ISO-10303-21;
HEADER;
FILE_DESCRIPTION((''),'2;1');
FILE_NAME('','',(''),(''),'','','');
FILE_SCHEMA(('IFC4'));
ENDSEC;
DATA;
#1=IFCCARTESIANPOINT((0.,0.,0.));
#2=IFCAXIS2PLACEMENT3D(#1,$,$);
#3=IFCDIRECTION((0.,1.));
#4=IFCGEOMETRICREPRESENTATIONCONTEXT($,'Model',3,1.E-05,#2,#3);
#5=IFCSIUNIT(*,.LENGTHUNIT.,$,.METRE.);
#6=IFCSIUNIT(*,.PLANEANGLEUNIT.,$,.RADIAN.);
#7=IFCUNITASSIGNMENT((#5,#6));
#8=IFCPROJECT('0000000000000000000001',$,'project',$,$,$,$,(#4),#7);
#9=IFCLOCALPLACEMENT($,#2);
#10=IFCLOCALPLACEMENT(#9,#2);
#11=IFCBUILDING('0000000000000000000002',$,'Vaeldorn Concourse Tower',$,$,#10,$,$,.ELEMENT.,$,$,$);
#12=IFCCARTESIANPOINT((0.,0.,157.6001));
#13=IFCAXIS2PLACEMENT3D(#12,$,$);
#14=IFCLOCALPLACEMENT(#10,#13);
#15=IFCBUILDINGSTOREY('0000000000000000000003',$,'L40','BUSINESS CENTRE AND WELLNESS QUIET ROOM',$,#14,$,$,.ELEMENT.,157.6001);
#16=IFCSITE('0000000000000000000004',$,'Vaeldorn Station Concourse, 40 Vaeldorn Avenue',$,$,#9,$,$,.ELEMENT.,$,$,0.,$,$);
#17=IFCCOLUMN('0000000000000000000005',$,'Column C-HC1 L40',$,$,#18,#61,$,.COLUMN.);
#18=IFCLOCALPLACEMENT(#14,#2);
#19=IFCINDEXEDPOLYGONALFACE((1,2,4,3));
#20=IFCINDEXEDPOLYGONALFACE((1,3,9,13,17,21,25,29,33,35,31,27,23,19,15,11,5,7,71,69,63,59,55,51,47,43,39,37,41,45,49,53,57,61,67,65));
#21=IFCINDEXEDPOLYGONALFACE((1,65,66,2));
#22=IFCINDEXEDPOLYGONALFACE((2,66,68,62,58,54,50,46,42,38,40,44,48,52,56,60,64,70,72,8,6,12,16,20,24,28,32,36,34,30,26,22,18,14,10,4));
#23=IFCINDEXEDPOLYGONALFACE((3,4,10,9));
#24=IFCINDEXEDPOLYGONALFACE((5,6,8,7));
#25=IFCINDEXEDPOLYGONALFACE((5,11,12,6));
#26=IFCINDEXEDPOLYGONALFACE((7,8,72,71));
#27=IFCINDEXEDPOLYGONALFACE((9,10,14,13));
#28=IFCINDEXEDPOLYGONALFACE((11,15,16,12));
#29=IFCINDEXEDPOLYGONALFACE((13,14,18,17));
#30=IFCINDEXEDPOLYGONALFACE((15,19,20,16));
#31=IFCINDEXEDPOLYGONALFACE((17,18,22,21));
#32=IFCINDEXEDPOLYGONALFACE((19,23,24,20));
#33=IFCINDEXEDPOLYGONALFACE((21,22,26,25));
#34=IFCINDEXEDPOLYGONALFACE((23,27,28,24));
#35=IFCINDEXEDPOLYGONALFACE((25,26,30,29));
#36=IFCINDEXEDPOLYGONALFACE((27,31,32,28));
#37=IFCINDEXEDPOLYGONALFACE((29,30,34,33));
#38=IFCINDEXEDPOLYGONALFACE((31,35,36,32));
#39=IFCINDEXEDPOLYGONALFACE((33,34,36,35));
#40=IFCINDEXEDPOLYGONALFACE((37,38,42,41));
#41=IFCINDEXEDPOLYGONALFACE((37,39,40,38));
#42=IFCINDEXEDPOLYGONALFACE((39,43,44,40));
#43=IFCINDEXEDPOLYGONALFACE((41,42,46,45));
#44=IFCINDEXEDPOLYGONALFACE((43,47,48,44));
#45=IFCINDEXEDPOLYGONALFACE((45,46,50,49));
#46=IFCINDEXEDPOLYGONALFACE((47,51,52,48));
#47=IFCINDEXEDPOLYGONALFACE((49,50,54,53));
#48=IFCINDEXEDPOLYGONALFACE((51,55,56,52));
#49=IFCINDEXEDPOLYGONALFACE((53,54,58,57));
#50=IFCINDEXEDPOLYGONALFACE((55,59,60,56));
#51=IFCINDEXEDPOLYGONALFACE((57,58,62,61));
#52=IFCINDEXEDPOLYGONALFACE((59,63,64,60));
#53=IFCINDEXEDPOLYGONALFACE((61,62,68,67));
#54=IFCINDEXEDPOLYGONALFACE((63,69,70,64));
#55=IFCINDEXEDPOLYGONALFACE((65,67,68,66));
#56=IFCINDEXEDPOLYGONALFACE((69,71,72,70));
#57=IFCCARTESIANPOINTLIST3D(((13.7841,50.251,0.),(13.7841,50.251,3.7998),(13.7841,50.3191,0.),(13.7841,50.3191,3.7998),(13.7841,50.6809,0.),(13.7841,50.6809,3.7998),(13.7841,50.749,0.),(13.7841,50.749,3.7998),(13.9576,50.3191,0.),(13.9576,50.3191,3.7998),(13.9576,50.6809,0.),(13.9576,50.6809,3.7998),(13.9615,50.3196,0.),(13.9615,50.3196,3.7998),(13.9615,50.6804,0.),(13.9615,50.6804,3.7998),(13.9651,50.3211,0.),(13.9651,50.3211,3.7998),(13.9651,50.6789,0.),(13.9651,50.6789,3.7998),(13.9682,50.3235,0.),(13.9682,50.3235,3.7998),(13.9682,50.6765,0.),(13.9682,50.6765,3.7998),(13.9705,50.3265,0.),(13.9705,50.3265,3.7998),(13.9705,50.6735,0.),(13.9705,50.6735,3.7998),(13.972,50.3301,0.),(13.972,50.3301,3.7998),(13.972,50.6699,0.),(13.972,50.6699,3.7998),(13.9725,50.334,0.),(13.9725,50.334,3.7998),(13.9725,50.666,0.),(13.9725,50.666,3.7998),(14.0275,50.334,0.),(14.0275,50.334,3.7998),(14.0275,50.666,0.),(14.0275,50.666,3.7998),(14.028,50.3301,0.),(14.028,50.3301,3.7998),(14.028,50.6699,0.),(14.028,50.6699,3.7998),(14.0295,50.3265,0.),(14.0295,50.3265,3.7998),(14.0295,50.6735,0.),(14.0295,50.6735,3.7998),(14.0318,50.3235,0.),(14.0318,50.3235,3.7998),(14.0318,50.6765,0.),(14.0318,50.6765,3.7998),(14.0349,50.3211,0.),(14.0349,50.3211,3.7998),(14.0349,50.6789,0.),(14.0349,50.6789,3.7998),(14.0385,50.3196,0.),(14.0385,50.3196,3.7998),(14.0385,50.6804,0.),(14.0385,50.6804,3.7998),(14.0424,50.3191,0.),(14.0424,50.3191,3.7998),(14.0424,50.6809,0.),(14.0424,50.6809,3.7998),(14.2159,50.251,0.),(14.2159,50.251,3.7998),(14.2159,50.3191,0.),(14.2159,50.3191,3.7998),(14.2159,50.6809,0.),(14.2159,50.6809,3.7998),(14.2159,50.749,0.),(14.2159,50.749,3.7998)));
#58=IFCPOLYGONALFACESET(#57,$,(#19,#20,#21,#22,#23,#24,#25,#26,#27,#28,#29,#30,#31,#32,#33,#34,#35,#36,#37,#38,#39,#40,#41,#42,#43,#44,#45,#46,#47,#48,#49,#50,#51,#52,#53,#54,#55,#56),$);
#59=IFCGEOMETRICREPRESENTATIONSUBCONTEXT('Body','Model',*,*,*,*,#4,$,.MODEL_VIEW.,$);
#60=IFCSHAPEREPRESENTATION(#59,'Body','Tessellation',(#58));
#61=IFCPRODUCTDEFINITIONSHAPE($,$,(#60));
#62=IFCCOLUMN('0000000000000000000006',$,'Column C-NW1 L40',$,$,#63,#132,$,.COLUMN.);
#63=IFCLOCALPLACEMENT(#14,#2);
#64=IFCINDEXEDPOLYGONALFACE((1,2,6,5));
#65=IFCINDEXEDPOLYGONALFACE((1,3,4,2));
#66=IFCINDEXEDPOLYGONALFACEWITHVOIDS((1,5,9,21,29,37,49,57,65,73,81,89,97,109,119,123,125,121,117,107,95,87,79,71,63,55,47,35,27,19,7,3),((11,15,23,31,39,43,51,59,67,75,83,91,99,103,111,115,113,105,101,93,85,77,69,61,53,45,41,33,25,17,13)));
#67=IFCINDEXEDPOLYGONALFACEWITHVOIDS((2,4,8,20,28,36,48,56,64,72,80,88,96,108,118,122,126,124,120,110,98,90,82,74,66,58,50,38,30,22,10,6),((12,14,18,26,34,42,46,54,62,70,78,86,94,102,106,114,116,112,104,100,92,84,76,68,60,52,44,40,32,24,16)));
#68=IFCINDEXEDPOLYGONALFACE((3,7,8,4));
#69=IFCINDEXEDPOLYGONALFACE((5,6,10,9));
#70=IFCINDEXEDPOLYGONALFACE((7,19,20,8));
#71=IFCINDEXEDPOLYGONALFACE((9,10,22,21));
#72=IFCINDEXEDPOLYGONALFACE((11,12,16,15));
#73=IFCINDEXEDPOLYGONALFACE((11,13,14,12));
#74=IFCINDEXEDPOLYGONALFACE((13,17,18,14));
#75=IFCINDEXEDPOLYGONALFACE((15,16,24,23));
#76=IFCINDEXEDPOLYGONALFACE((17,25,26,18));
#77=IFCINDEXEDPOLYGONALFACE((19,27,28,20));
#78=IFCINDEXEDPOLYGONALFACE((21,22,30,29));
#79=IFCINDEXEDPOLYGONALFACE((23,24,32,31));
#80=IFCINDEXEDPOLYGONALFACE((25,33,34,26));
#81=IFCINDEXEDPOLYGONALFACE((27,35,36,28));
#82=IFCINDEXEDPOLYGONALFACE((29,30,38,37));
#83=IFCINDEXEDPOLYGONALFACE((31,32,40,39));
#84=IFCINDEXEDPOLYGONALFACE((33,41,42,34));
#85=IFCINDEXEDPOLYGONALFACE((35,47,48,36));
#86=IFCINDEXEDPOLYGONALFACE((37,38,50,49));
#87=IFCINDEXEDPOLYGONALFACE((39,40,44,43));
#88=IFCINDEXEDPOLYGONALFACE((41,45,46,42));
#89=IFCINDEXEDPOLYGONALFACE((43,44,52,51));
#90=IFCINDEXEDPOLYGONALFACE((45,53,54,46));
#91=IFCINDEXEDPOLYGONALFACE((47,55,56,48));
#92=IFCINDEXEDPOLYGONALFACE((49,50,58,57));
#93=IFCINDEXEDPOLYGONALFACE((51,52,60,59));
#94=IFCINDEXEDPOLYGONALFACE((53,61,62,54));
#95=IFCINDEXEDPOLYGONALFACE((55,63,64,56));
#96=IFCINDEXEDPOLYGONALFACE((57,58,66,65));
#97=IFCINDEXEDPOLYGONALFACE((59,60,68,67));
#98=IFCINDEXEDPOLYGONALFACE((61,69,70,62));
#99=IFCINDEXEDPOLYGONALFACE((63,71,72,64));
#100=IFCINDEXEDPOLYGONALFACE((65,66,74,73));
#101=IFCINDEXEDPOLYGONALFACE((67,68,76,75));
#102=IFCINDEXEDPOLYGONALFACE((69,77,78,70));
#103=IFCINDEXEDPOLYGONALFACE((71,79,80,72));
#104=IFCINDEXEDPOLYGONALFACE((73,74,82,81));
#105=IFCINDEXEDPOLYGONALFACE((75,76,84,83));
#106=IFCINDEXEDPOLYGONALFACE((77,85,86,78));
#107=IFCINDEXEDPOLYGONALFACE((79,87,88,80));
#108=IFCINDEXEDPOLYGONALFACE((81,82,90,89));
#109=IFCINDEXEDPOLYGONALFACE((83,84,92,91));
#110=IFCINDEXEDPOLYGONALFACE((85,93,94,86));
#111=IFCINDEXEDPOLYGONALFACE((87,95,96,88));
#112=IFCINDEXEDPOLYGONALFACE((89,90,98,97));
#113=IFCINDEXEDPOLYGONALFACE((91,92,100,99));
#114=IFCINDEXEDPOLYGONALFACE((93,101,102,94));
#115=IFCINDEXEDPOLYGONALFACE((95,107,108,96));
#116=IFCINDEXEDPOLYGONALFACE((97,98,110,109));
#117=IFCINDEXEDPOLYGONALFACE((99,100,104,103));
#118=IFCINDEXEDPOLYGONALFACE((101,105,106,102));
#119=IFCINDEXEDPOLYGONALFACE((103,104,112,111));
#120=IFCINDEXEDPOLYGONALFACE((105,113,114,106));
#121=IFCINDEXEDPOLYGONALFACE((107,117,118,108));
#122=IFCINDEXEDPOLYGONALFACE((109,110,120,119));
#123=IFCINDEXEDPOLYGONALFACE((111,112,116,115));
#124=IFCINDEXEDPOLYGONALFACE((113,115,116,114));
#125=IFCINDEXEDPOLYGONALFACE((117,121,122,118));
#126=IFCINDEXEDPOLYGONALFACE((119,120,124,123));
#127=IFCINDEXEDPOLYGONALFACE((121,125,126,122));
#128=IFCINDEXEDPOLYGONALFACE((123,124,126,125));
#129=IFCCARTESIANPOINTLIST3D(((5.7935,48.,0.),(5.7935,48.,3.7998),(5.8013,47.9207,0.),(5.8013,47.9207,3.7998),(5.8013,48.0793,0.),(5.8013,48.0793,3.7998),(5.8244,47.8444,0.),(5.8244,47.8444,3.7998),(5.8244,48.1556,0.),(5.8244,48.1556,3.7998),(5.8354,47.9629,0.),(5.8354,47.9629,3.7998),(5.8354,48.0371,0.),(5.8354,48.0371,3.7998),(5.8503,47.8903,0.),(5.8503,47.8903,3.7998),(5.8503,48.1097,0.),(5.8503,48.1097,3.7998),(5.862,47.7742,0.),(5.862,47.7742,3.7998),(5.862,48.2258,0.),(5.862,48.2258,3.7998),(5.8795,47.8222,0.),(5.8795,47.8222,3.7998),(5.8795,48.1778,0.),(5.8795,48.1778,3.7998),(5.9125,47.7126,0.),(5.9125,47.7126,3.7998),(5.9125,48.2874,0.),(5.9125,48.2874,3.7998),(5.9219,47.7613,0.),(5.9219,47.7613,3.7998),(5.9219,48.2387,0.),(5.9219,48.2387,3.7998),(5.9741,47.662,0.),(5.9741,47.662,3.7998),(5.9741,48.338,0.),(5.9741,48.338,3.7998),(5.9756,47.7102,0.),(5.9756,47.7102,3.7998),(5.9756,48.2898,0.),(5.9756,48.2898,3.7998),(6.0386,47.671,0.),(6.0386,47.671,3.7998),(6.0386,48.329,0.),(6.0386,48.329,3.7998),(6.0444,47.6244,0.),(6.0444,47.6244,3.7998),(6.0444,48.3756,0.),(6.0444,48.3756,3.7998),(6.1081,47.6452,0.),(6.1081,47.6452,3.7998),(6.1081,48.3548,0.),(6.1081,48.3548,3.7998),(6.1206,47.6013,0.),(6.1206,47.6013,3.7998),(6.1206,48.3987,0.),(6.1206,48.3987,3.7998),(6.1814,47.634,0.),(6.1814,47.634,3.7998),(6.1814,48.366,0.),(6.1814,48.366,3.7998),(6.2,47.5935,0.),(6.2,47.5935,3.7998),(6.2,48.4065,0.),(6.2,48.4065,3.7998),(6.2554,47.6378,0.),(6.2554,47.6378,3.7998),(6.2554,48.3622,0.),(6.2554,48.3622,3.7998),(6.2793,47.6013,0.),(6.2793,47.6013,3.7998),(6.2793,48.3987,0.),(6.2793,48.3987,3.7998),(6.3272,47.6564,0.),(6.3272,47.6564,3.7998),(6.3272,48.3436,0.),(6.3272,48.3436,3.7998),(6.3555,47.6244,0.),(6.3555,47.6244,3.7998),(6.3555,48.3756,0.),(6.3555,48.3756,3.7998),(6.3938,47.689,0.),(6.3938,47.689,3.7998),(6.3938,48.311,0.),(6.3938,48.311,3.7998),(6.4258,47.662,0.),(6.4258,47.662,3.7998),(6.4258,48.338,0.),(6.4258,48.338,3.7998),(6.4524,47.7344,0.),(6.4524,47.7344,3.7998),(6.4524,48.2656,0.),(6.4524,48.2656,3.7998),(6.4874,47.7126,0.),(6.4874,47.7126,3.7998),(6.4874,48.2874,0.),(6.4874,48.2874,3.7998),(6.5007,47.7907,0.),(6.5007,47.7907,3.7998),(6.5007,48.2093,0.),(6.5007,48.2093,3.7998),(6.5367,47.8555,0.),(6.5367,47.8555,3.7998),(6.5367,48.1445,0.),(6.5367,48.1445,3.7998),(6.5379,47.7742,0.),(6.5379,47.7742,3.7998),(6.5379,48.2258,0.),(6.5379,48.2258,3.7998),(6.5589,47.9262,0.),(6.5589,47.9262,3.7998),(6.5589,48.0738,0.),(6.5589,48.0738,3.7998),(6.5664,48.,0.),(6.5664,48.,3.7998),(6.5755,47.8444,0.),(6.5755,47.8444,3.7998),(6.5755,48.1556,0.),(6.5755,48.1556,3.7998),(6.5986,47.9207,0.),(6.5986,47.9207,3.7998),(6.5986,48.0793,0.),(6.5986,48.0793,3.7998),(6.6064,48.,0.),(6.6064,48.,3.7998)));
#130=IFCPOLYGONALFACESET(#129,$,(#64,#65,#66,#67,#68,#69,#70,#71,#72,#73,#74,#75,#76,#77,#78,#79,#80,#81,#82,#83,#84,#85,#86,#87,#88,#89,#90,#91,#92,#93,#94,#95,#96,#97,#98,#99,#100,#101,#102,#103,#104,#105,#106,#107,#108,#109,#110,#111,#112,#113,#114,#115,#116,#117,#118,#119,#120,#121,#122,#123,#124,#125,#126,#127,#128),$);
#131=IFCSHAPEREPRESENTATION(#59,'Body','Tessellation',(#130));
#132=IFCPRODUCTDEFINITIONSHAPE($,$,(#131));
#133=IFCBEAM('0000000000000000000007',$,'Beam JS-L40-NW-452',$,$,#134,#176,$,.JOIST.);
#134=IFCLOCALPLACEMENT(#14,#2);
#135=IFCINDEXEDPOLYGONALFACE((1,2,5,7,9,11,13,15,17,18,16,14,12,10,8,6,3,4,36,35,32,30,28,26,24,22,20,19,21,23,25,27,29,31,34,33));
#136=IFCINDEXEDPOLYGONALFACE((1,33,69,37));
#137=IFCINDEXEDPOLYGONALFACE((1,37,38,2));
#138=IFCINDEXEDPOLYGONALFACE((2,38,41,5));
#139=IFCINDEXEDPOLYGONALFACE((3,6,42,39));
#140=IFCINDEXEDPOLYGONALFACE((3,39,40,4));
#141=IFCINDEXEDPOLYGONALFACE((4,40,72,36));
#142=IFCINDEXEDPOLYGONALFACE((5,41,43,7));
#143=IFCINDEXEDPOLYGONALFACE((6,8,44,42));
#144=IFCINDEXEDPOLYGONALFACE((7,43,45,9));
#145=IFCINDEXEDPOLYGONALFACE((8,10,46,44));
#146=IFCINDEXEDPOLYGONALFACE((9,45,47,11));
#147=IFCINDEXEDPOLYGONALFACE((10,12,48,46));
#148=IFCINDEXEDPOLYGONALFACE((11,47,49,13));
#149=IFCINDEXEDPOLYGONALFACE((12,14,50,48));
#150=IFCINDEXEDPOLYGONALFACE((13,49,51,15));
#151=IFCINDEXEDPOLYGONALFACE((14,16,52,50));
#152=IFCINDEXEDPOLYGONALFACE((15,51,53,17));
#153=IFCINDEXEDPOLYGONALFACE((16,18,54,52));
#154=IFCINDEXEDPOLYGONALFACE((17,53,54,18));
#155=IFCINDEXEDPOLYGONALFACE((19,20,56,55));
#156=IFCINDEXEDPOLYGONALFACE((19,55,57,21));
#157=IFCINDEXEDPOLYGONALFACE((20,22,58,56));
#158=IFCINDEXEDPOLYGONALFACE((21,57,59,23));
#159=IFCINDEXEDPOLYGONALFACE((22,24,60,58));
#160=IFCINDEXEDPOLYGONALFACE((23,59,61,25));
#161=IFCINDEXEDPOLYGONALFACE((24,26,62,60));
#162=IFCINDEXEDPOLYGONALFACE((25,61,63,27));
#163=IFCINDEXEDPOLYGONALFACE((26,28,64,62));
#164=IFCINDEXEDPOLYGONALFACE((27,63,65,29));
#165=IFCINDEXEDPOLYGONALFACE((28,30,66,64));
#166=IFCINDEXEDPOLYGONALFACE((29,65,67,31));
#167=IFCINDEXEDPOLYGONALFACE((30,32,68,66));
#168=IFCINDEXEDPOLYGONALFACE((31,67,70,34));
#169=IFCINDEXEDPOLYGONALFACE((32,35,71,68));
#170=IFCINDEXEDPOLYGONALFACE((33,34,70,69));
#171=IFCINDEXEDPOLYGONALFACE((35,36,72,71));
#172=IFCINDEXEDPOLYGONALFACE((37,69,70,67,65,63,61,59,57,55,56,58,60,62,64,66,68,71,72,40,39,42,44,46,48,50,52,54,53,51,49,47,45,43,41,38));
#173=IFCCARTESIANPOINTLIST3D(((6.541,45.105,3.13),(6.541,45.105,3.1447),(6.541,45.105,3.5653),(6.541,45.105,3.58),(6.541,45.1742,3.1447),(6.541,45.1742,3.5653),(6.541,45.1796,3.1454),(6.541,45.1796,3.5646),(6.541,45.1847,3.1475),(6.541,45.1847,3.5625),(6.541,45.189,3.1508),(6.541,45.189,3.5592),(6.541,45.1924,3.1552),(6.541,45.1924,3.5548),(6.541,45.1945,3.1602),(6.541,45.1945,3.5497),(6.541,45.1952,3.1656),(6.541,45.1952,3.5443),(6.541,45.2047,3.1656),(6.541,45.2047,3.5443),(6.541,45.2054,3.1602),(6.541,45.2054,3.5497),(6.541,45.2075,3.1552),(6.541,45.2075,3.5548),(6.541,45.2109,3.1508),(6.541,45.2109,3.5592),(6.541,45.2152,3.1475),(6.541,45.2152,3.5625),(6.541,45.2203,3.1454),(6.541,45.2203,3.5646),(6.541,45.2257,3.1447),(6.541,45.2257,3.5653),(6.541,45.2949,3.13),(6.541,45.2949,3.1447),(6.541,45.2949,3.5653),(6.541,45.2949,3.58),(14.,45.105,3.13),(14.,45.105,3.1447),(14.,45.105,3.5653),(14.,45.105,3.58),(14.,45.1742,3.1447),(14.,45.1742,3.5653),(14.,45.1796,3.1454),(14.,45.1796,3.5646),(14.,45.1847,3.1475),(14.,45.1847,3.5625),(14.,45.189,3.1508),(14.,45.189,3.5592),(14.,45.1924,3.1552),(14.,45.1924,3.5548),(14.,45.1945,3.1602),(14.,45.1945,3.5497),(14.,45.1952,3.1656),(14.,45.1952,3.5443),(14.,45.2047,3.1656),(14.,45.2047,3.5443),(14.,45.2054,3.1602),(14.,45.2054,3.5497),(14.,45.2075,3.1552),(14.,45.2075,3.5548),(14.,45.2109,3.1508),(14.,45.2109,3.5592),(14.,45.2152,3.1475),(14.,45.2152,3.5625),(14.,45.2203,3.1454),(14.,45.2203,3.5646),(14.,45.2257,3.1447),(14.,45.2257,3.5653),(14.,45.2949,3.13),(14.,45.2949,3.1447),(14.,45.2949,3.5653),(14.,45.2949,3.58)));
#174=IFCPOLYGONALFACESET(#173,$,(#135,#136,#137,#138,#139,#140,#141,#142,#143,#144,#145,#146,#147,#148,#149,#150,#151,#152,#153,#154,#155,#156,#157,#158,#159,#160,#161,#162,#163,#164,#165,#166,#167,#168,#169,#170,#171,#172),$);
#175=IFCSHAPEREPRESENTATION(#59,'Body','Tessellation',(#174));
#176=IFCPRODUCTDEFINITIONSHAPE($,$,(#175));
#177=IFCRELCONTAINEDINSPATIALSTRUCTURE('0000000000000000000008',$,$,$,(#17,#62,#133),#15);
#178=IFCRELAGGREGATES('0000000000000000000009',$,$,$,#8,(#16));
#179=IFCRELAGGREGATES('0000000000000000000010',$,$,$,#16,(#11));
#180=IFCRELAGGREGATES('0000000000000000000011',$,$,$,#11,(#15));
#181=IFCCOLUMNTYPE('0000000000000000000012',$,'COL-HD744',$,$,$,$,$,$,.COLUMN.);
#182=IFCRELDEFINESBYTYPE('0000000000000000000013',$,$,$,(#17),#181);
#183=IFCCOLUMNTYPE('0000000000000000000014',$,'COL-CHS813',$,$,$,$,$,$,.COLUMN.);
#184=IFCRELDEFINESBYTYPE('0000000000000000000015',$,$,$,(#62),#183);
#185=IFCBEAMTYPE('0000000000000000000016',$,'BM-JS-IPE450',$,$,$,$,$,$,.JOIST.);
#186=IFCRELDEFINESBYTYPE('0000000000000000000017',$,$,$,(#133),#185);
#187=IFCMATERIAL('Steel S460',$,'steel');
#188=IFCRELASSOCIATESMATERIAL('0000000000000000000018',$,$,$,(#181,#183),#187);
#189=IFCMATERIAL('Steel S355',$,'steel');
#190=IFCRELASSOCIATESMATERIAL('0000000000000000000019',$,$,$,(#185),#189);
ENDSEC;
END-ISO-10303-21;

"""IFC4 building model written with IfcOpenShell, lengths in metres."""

from ifc_helpers import new_model, si_unit, direction, frame, origin, origin_2d, place, context, subcontext, project, spatial, hollow_circle, i_section, extrude, source, transform, mapped, material, material_profile, profile_set, type_object, element, save


model = new_model("IFC4")

# Units and contexts
model_context = context("Model", 3, precision=1e-05, world=origin(), true_north=direction((0.0, 1.0)))
body_context = subcontext(model_context, "Body", "Model", "MODEL_VIEW")
ifc_project = project(units=[si_unit("LENGTHUNIT", "METRE"), si_unit("PLANEANGLEUNIT", "RADIAN")], contexts=[model_context])

# Site, building, storey
site_placement = place(None, origin())
site = spatial("IfcSite", under=ifc_project, at=site_placement, Name="Vaeldorn Station Concourse, 40 Vaeldorn Avenue", CompositionType="ELEMENT", RefElevation=0.0)
building_placement = place(site_placement, origin())
building = spatial("IfcBuilding", under=site, at=building_placement, Name="Vaeldorn Concourse Tower", CompositionType="ELEMENT")
storey_placement = place(building_placement, frame((0.0, 0.0, 157.6001)))
storey = spatial("IfcBuildingStorey", under=building, at=storey_placement, Name="L40", Description="BUSINESS CENTRE AND WELLNESS QUIET ROOM", CompositionType="ELEMENT", Elevation=157.6001)

# Columns
ifc_material_1 = material(Name="Steel S460", Category="steel")
ifc_material_profile_1 = material_profile(ifc_material_1, i_section(OverallWidth=0.4319, OverallDepth=0.498, WebThickness=0.0549, FlangeThickness=0.0681, FilletRadius=0.0149, at=origin_2d()), Name="HD 400x744")
ifc_profile_set_1 = profile_set([ifc_material_profile_1], Name="Steel S460")
column_type_1 = type_object("IfcColumnType", Name="COL-HD744", PredefinedType="COLUMN", material=ifc_profile_set_1)
shared_shape_1 = source(origin(), body_context, "Body", "SweptSolid", [
    extrude(i_section(OverallWidth=0.4319, OverallDepth=0.498, WebThickness=0.0549, FlangeThickness=0.0681, FilletRadius=0.0149, at=origin_2d()), origin(), (0.0, 0.0, 1.0), 3.7998),
])
column_1_placement = place(storey_placement, frame((14.0, 50.5, 0.0), z_axis=(0.0, 0.0, 1.0), x_axis=(1.0, 0.0, 0.0)))
element("IfcColumn", 1, at=column_1_placement, inside=storey, type_object=column_type_1, Name="Column C-HC1 L40", PredefinedType="COLUMN", context=body_context, shape_type="MappedRepresentation", body=[
    mapped(shared_shape_1, transform((0.0, 0.0, 0.0), scale=1.0)),
])
ifc_material_profile_2 = material_profile(ifc_material_1, hollow_circle(Radius=0.4065, WallThickness=0.04, at=origin_2d()), Name="CHS 813x40")
ifc_profile_set_2 = profile_set([ifc_material_profile_2], Name="Steel S460")
column_type_2 = type_object("IfcColumnType", Name="COL-CHS813", PredefinedType="COLUMN", material=ifc_profile_set_2)
shared_shape_2 = source(origin(), body_context, "Body", "SweptSolid", [
    extrude(hollow_circle(Radius=0.4065, WallThickness=0.04, at=origin_2d()), origin(), (0.0, 0.0, 1.0), 3.7998),
])
column_2_placement = place(storey_placement, frame((6.2, 48.0, 0.0), z_axis=(0.0, 0.0, 1.0), x_axis=(1.0, 0.0, 0.0)))
element("IfcColumn", 2, at=column_2_placement, inside=storey, type_object=column_type_2, Name="Column C-NW1 L40", PredefinedType="COLUMN", context=body_context, shape_type="MappedRepresentation", body=[
    mapped(shared_shape_2, transform((0.0, 0.0, 0.0), scale=1.0)),
])

# Beam
ifc_material_2 = material(Name="Steel S355", Category="steel")
ifc_material_profile_3 = material_profile(ifc_material_2, i_section(OverallWidth=0.1899, OverallDepth=0.45, WebThickness=0.0095, FlangeThickness=0.0146, FilletRadius=0.021, at=origin_2d()), Name="IPE 450")
ifc_profile_set_3 = profile_set([ifc_material_profile_3], Name="Steel S355")
beam_type_1 = type_object("IfcBeamType", Name="BM-JS-IPE450", PredefinedType="JOIST", material=ifc_profile_set_3)
shared_shape_3 = source(origin(), body_context, "Body", "SweptSolid", [
    extrude(i_section(OverallWidth=0.1899, OverallDepth=0.45, WebThickness=0.0095, FlangeThickness=0.0146, FilletRadius=0.021, at=origin_2d()), origin(), (0.0, 0.0, 1.0), 7.459),
])
beam_1_placement = place(storey_placement, frame((6.541, 45.2, 3.355), z_axis=(1.0, 0.0, 0.0), x_axis=(0.0, 1.0, 0.0)))
element("IfcBeam", 3, at=beam_1_placement, inside=storey, type_object=beam_type_1, Name="Beam JS-L40-NW-452", PredefinedType="JOIST", context=body_context, shape_type="MappedRepresentation", body=[
    mapped(shared_shape_3, transform((0.0, 0.0, 0.0), scale=1.0)),
])

save(model, "model.ifc")
